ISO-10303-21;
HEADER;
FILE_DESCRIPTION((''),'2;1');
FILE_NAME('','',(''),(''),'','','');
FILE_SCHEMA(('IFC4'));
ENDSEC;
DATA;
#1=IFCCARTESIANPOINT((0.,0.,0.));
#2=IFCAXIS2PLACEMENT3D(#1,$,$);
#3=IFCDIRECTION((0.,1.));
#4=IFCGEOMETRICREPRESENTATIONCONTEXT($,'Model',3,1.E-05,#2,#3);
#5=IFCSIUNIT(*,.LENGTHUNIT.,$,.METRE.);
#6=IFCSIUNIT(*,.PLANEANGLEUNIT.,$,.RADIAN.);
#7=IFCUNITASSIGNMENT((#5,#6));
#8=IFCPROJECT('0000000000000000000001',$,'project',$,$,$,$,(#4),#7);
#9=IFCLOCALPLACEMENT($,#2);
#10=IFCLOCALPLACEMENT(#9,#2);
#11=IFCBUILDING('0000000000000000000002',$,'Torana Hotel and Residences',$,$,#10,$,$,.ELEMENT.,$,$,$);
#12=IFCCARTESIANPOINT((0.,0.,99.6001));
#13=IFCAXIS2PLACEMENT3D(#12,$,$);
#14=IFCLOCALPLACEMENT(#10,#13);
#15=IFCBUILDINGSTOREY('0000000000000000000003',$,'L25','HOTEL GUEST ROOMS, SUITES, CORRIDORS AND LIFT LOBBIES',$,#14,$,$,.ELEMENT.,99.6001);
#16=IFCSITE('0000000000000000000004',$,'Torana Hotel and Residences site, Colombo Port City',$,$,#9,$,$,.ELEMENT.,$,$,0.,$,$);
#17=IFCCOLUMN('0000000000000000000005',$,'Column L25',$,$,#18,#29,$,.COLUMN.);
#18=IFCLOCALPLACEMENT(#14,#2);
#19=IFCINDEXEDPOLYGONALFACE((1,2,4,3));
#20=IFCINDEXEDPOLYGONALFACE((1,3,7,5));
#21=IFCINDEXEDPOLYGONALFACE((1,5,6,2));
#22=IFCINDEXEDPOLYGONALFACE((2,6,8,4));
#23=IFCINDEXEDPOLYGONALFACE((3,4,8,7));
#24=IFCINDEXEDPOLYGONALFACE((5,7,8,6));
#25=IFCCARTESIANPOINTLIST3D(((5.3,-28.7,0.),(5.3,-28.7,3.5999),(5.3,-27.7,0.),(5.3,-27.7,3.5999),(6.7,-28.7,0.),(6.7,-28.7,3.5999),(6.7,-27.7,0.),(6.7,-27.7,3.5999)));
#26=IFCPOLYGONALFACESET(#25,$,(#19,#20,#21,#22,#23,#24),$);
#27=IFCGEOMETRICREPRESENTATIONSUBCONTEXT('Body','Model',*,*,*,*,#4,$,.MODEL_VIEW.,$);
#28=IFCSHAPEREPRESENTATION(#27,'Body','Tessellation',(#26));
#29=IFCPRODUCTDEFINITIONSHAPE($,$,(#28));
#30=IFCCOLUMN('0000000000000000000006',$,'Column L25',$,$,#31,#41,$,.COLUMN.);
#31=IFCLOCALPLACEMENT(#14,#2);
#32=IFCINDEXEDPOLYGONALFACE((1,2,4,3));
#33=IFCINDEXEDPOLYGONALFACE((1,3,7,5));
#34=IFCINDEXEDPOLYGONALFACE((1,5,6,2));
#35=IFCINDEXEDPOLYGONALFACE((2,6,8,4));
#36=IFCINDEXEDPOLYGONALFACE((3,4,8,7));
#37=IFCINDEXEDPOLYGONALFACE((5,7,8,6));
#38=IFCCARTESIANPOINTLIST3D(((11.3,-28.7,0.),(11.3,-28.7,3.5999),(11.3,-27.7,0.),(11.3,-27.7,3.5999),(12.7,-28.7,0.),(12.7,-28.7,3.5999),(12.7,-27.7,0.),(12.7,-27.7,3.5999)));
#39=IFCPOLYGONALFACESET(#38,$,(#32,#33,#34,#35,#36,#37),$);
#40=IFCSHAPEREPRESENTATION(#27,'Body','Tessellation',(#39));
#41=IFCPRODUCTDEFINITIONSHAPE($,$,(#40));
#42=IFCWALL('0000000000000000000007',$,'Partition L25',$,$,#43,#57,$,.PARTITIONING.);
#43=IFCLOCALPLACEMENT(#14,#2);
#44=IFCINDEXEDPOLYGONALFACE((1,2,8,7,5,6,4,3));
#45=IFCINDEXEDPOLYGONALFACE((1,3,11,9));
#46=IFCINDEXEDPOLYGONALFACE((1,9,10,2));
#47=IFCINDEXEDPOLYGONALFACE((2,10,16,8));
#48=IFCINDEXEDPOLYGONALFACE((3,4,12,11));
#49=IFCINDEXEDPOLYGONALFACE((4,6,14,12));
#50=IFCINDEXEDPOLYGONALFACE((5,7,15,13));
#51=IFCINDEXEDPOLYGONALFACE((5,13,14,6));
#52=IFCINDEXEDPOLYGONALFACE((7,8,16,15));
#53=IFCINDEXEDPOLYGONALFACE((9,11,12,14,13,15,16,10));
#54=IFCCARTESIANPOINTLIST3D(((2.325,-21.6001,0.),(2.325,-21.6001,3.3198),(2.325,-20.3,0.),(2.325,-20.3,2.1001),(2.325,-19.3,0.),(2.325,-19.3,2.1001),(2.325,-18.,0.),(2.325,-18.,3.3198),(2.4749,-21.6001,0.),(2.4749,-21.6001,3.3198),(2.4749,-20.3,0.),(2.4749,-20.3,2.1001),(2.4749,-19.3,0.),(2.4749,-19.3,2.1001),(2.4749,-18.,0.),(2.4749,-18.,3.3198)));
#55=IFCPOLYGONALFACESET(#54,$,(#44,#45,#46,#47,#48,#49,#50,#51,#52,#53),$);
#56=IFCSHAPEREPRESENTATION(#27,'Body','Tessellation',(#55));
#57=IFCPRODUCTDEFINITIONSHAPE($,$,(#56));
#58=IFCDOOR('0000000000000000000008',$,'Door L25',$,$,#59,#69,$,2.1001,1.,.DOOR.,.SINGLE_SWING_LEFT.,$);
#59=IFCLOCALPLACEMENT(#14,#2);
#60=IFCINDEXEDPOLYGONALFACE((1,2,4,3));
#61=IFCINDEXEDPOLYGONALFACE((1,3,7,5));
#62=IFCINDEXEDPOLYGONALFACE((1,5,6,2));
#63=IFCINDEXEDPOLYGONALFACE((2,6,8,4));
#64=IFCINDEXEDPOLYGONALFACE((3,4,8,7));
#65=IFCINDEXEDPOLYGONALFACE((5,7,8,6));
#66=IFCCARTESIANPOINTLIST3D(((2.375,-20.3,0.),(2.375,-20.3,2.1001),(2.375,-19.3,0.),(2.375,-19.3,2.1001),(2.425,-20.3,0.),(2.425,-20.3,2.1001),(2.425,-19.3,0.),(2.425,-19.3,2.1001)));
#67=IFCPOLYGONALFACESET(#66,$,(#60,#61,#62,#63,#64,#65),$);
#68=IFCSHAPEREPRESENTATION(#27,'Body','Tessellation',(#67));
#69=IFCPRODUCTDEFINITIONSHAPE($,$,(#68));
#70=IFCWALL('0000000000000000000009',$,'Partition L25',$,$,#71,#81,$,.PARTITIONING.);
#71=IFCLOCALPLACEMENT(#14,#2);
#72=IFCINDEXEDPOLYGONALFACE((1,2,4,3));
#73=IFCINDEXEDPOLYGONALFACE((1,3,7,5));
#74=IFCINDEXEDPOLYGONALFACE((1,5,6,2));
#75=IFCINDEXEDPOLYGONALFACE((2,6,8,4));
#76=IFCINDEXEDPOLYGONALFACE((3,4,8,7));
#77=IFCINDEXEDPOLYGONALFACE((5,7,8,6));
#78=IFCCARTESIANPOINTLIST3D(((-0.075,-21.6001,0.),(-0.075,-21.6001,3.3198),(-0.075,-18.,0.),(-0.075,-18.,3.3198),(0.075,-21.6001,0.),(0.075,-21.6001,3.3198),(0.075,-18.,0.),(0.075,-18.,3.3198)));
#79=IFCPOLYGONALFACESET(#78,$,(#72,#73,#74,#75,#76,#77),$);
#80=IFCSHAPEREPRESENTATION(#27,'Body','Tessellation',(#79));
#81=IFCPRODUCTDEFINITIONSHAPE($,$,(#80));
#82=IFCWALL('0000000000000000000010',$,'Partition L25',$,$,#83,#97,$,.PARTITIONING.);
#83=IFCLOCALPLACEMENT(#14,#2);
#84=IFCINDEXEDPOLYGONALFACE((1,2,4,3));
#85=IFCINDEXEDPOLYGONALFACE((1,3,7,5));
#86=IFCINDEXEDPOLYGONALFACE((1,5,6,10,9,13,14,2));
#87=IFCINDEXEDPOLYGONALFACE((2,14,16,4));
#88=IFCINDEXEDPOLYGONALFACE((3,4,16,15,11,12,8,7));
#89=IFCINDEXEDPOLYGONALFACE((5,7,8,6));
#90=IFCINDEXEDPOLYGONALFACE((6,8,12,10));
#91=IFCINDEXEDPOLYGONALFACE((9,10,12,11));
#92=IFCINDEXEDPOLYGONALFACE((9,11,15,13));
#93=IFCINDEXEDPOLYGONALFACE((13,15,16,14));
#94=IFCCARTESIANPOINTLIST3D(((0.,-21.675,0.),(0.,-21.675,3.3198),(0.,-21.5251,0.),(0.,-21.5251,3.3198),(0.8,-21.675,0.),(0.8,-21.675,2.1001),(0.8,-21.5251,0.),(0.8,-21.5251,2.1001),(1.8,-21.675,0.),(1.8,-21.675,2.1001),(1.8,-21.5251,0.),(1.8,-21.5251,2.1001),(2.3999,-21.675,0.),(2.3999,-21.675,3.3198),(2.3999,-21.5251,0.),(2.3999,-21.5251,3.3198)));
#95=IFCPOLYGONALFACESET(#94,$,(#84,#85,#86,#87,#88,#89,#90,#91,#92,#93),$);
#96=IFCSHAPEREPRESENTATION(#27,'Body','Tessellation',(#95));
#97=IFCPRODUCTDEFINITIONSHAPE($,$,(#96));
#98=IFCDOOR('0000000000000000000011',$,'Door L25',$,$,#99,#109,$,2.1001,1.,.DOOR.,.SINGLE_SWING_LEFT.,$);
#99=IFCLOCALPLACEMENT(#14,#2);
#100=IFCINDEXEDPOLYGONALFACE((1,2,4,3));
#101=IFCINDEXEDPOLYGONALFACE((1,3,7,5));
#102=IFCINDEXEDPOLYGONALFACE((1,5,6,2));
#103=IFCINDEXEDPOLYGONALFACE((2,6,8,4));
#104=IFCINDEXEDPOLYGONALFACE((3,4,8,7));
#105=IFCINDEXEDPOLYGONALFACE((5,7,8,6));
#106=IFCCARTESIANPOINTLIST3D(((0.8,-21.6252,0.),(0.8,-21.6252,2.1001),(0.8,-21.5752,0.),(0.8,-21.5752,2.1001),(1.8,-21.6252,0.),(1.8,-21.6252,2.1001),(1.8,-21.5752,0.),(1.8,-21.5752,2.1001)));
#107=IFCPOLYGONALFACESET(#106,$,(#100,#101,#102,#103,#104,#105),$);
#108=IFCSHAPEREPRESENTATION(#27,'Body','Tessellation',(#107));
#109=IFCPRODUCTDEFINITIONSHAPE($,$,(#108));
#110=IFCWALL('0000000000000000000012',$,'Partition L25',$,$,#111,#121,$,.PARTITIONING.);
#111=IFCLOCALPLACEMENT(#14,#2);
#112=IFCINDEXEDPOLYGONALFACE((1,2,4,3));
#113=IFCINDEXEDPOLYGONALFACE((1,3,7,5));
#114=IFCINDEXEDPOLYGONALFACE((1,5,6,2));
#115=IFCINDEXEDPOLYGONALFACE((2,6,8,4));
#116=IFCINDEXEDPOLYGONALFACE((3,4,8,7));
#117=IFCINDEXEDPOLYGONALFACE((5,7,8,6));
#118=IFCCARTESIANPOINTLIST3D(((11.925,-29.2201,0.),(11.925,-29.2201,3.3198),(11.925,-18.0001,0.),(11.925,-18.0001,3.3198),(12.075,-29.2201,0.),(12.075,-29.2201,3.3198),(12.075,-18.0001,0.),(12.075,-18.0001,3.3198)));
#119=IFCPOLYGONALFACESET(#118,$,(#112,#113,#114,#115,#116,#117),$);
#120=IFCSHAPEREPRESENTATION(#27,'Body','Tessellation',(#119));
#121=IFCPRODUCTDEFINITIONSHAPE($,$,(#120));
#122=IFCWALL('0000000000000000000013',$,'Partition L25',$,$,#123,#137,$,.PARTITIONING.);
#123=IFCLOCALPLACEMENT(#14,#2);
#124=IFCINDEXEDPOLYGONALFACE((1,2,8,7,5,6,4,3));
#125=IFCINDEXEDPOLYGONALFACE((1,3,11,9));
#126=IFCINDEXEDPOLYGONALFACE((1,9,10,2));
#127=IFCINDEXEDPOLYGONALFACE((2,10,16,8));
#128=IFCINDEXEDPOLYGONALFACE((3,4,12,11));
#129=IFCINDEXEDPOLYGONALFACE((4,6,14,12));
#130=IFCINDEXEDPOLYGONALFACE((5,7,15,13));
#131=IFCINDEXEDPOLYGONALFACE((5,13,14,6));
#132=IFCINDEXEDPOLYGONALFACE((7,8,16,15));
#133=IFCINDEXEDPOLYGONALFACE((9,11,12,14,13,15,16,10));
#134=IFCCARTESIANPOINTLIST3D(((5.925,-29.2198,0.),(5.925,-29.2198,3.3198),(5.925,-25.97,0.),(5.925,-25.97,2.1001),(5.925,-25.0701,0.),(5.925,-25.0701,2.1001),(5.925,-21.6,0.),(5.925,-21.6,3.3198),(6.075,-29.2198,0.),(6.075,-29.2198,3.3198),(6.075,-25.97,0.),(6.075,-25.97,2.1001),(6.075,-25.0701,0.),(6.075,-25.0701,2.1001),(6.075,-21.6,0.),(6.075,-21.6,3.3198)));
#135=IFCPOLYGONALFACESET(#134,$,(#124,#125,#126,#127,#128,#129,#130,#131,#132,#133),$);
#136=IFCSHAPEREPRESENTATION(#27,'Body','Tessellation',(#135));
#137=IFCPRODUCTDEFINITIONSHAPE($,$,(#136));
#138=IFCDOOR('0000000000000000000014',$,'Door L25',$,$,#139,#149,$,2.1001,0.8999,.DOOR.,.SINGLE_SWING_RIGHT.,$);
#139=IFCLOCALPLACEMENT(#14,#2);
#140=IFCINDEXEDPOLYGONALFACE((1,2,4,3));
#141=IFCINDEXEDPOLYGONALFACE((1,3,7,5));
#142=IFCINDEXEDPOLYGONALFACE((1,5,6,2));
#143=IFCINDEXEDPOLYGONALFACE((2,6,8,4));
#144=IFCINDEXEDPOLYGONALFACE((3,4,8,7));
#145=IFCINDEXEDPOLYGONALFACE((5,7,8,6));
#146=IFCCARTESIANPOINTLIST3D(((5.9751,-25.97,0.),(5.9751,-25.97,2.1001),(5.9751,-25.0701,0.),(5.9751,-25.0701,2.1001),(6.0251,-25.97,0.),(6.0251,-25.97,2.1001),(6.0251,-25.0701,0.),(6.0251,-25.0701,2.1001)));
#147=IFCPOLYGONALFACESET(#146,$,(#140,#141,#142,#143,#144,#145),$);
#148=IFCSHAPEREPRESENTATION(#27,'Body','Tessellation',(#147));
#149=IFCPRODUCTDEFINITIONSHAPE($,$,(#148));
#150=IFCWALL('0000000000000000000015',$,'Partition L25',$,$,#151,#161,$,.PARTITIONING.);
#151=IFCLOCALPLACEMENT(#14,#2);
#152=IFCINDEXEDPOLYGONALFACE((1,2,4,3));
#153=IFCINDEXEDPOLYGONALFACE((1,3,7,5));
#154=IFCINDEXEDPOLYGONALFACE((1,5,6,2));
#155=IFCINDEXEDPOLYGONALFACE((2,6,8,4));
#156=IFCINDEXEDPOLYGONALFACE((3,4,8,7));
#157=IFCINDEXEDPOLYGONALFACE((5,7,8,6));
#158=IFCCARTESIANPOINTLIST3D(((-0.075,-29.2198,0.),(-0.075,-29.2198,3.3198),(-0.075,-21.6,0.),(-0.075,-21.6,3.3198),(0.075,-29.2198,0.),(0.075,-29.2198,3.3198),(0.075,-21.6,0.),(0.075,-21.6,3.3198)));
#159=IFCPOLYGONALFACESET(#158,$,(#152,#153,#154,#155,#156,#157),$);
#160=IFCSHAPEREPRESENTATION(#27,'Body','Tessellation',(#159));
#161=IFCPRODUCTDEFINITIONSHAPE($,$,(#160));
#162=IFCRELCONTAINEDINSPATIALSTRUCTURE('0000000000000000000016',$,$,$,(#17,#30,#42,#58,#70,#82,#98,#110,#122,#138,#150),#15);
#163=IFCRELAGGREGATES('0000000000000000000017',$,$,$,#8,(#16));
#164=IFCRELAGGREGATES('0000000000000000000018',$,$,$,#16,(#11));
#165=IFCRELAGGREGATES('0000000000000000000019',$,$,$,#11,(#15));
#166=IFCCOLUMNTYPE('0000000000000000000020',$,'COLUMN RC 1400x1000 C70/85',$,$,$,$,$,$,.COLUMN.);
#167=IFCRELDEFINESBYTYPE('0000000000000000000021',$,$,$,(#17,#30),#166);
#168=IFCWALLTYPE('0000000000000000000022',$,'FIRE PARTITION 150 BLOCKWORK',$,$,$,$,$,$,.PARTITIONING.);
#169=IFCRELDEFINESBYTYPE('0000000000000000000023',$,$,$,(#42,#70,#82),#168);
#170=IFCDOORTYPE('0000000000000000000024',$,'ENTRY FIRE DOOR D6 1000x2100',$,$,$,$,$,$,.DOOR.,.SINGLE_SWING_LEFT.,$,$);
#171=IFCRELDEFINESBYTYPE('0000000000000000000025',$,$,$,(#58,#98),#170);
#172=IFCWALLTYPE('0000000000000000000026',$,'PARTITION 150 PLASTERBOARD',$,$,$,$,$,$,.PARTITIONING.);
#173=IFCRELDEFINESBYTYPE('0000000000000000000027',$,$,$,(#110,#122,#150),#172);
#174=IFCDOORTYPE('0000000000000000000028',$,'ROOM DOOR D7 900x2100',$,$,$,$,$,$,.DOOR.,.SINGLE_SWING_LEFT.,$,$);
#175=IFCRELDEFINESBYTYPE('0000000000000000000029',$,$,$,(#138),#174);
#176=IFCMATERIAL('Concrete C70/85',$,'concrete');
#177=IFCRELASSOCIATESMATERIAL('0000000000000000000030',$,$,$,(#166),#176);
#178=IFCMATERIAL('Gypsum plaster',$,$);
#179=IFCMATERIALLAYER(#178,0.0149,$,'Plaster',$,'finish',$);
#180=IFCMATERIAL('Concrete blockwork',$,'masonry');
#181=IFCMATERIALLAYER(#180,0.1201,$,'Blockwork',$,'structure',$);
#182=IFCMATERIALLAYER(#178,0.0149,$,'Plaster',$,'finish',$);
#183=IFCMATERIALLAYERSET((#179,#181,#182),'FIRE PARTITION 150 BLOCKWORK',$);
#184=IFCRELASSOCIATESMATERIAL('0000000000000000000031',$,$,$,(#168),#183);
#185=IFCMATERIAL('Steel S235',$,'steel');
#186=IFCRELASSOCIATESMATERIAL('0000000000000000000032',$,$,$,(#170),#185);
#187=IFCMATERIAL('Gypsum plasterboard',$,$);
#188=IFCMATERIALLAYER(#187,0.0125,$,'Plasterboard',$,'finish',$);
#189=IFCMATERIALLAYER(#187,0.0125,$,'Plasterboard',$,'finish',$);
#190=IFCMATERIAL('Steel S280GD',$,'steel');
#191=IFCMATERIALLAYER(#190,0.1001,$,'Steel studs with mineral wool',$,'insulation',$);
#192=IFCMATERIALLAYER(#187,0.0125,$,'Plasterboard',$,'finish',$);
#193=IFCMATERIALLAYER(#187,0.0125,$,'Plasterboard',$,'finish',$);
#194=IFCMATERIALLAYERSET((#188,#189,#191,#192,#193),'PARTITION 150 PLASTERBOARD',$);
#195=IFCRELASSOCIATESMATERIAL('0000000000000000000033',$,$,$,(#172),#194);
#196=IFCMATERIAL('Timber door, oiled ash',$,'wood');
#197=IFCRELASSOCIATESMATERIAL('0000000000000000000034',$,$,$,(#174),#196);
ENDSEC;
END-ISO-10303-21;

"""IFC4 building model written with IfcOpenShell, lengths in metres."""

from ifc_helpers import new_model, si_unit, direction, frame, frame_2d, origin, origin_2d, place, context, subcontext, project, spatial, rectangle, extrude, material, layer, layer_set, material_profile, profile_set, type_object, element, fill, save


model = new_model("IFC4")

# Units and contexts
model_context = context("Model", 3, precision=1e-05, world=origin(), true_north=direction((0.0, 1.0)))
body_context = subcontext(model_context, "Body", "Model", "MODEL_VIEW")
ifc_project = project(units=[si_unit("LENGTHUNIT", "METRE"), si_unit("PLANEANGLEUNIT", "RADIAN")], contexts=[model_context])

# Site, building, storey
site_placement = place(None, origin())
site = spatial("IfcSite", under=ifc_project, at=site_placement, Name="Torana Hotel and Residences site, Colombo Port City", CompositionType="ELEMENT", RefElevation=0.0)
building_placement = place(site_placement, origin())
building = spatial("IfcBuilding", under=site, at=building_placement, Name="Torana Hotel and Residences", CompositionType="ELEMENT")
storey_placement = place(building_placement, frame((0.0, 0.0, 99.6001)))
storey = spatial("IfcBuildingStorey", under=building, at=storey_placement, Name="L25", Description="HOTEL GUEST ROOMS, SUITES, CORRIDORS AND LIFT LOBBIES", CompositionType="ELEMENT", Elevation=99.6001)

# Columns
ifc_material_1 = material(Name="Concrete C70/85", Category="concrete")
ifc_material_profile = material_profile(ifc_material_1, rectangle(XDim=1.3999, YDim=1.0, at=origin_2d()), Name="RC 1400x1000")
ifc_profile_set = profile_set([ifc_material_profile], Name="Concrete C70/85")
column_type = type_object("IfcColumnType", Name="COLUMN RC 1400x1000 C70/85", PredefinedType="COLUMN", material=ifc_profile_set)
for number, where, z_axis, x_axis, name in (
    (1, (6.0, -28.2, 0.0), (0.0, 0.0, 1.0), (1.0, 0.0, 0.0), "Column L25"),
    (2, (12.0, -28.2, 0.0), (0.0, 0.0, 1.0), (1.0, 0.0, 0.0), "Column L25"),
):
    element("IfcColumn", number, at=place(storey_placement, frame(where, z_axis=z_axis, x_axis=x_axis)), inside=storey, type_object=column_type, Name=name, PredefinedType="COLUMN", context=body_context, shape_type="SweptSolid", body=[
        extrude(rectangle(XDim=1.3999, YDim=1.0, at=origin_2d()), origin(), (0.0, 0.0, 1.0), 3.5999),
    ])

# Wall, opening, door
ifc_material_2 = material(Name="Gypsum plaster")
ifc_layer_1 = layer(ifc_material_2, 0.0149, Name="Plaster", Category="finish")
ifc_material_3 = material(Name="Concrete blockwork", Category="masonry")
ifc_layer_2 = layer(ifc_material_3, 0.1201, Name="Blockwork", Category="structure")
ifc_layer_3 = layer(ifc_material_2, 0.0149, Name="Plaster", Category="finish")
ifc_layer_set_1 = layer_set([ifc_layer_1, ifc_layer_2, ifc_layer_3], Name="FIRE PARTITION 150 BLOCKWORK")
wall_type_1 = type_object("IfcWallType", Name="FIRE PARTITION 150 BLOCKWORK", PredefinedType="PARTITIONING", material=ifc_layer_set_1)
wall_1_placement = place(storey_placement, frame((2.3999, -21.6001, 0.0), z_axis=(0.0, 0.0, 1.0), x_axis=(0.0, 1.0, 0.0)))
wall_1 = element("IfcWall", 3, at=wall_1_placement, inside=storey, type_object=wall_type_1, Name="Partition L25", PredefinedType="PARTITIONING", context=body_context, shape_type="SweptSolid", body=[
    extrude(rectangle(XDim=3.6001, YDim=0.1499, at=frame_2d((1.8, 0.0))), origin(), (0.0, 0.0, 1.0), 3.3198),
])
opening_1_placement = place(wall_1_placement, frame((1.3, 0.0, 0.0)))
opening_1 = element("IfcOpeningElement", 4, at=opening_1_placement, cuts=wall_1, PredefinedType="OPENING", context=body_context, shape_type="SweptSolid", body=[
    extrude(rectangle(XDim=1.0, YDim=2.1001, at=frame_2d((0.5, 1.05))), frame((0.0, 0.085, 0.0), z_axis=(0.0, -1.0, 0.0), x_axis=(1.0, 0.0, 0.0)), (0.0, 0.0, 1.0), 0.1699),
])
ifc_material_4 = material(Name="Steel S235", Category="steel")
door_type_1 = type_object("IfcDoorType", Name="ENTRY FIRE DOOR D6 1000x2100", OperationType="SINGLE_SWING_LEFT", PredefinedType="DOOR", material=ifc_material_4)
door_1_placement = place(opening_1_placement, frame((0.5, 0.0, 0.0), z_axis=(0.0, 0.0, 1.0), x_axis=(-1.0, 0.0, 0.0)))
door_1 = element("IfcDoor", 5, at=door_1_placement, inside=storey, type_object=door_type_1, Name="Door L25", OperationType="SINGLE_SWING_LEFT", OverallHeight=2.1001, OverallWidth=1.0, PredefinedType="DOOR", context=body_context, shape_type="SweptSolid", body=[
    extrude(rectangle(XDim=1.0, YDim=2.1001, at=frame_2d((0.0, 1.05))), frame((0.0, -0.0249, 0.0), z_axis=(0.0, 1.0, 0.0), x_axis=(-1.0, 0.0, 0.0)), (0.0, 0.0, 1.0), 0.05),
])
fill(opening_1, door_1)

# Wall
wall_2_placement = place(storey_placement, frame((0.0, -21.6001, 0.0), z_axis=(0.0, 0.0, 1.0), x_axis=(0.0, 1.0, 0.0)))
element("IfcWall", 6, at=wall_2_placement, inside=storey, type_object=wall_type_1, Name="Partition L25", PredefinedType="PARTITIONING", context=body_context, shape_type="SweptSolid", body=[
    extrude(rectangle(XDim=3.6001, YDim=0.1499, at=frame_2d((1.8, 0.0))), origin(), (0.0, 0.0, 1.0), 3.3198),
])

# Wall, opening, door
wall_3_placement = place(storey_placement, frame((0.0, -21.6001, 0.0), z_axis=(0.0, 0.0, 1.0), x_axis=(1.0, 0.0, 0.0)))
wall_3 = element("IfcWall", 7, at=wall_3_placement, inside=storey, type_object=wall_type_1, Name="Partition L25", PredefinedType="PARTITIONING", context=body_context, shape_type="SweptSolid", body=[
    extrude(rectangle(XDim=2.3999, YDim=0.1499, at=frame_2d((1.2, 0.0))), origin(), (0.0, 0.0, 1.0), 3.3198),
])
opening_2_placement = place(wall_3_placement, frame((0.8, 0.0, 0.0)))
opening_2 = element("IfcOpeningElement", 8, at=opening_2_placement, cuts=wall_3, PredefinedType="OPENING", context=body_context, shape_type="SweptSolid", body=[
    extrude(rectangle(XDim=1.0, YDim=2.1001, at=frame_2d((0.5, 1.05))), frame((0.0, 0.085, 0.0), z_axis=(0.0, -1.0, 0.0), x_axis=(1.0, 0.0, 0.0)), (0.0, 0.0, 1.0), 0.1699),
])
door_2_placement = place(opening_2_placement, frame((0.5, 0.0, 0.0), z_axis=(0.0, 0.0, 1.0), x_axis=(-1.0, 0.0, 0.0)))
door_2 = element("IfcDoor", 9, at=door_2_placement, inside=storey, type_object=door_type_1, Name="Door L25", OperationType="SINGLE_SWING_LEFT", OverallHeight=2.1001, OverallWidth=1.0, PredefinedType="DOOR", context=body_context, shape_type="SweptSolid", body=[
    extrude(rectangle(XDim=1.0, YDim=2.1001, at=frame_2d((0.0, 1.05))), frame((0.0, -0.0249, 0.0), z_axis=(0.0, 1.0, 0.0), x_axis=(-1.0, 0.0, 0.0)), (0.0, 0.0, 1.0), 0.05),
])
fill(opening_2, door_2)

# Wall
ifc_material_5 = material(Name="Gypsum plasterboard")
ifc_layer_4 = layer(ifc_material_5, 0.0125, Name="Plasterboard", Category="finish")
ifc_layer_5 = layer(ifc_material_5, 0.0125, Name="Plasterboard", Category="finish")
ifc_material_6 = material(Name="Steel S280GD", Category="steel")
ifc_layer_6 = layer(ifc_material_6, 0.1001, Name="Steel studs with mineral wool", Category="insulation")
ifc_layer_7 = layer(ifc_material_5, 0.0125, Name="Plasterboard", Category="finish")
ifc_layer_8 = layer(ifc_material_5, 0.0125, Name="Plasterboard", Category="finish")
ifc_layer_set_2 = layer_set([ifc_layer_4, ifc_layer_5, ifc_layer_6, ifc_layer_7, ifc_layer_8], Name="PARTITION 150 PLASTERBOARD")
wall_type_2 = type_object("IfcWallType", Name="PARTITION 150 PLASTERBOARD", PredefinedType="PARTITIONING", material=ifc_layer_set_2)
wall_4_placement = place(storey_placement, frame((12.0, -29.22, 0.0), z_axis=(0.0, 0.0, 1.0), x_axis=(0.0, 1.0, 0.0)))
element("IfcWall", 10, at=wall_4_placement, inside=storey, type_object=wall_type_2, Name="Partition L25", PredefinedType="PARTITIONING", context=body_context, shape_type="SweptSolid", body=[
    extrude(rectangle(XDim=11.22, YDim=0.1499, at=frame_2d((5.6099, 0.0))), origin(), (0.0, 0.0, 1.0), 3.3198),
])

# Wall, opening, door
wall_5_placement = place(storey_placement, frame((6.0, -29.22, 0.0), z_axis=(0.0, 0.0, 1.0), x_axis=(0.0, 1.0, 0.0)))
wall_5 = element("IfcWall", 11, at=wall_5_placement, inside=storey, type_object=wall_type_2, Name="Partition L25", PredefinedType="PARTITIONING", context=body_context, shape_type="SweptSolid", body=[
    extrude(rectangle(XDim=7.6199, YDim=0.1499, at=frame_2d((3.8101, 0.0))), origin(), (0.0, 0.0, 1.0), 3.3198),
])
opening_3_placement = place(wall_5_placement, frame((3.25, 0.0, 0.0)))
opening_3 = element("IfcOpeningElement", 12, at=opening_3_placement, cuts=wall_5, PredefinedType="OPENING", context=body_context, shape_type="SweptSolid", body=[
    extrude(rectangle(XDim=0.8999, YDim=2.1001, at=frame_2d((0.45, 1.05))), frame((0.0, 0.085, 0.0), z_axis=(0.0, -1.0, 0.0), x_axis=(1.0, 0.0, 0.0)), (0.0, 0.0, 1.0), 0.1699),
])
ifc_material_7 = material(Name="Timber door, oiled ash", Category="wood")
door_type_2 = type_object("IfcDoorType", Name="ROOM DOOR D7 900x2100", OperationType="SINGLE_SWING_LEFT", PredefinedType="DOOR", material=ifc_material_7)
door_3_placement = place(opening_3_placement, origin())
door_3 = element("IfcDoor", 13, at=door_3_placement, inside=storey, type_object=door_type_2, Name="Door L25", OperationType="SINGLE_SWING_RIGHT", OverallHeight=2.1001, OverallWidth=0.8999, PredefinedType="DOOR", context=body_context, shape_type="SweptSolid", body=[
    extrude(rectangle(XDim=0.8999, YDim=2.1001, at=frame_2d((0.45, 1.05))), frame((0.0, 0.0249, 0.0), z_axis=(0.0, -1.0, 0.0), x_axis=(1.0, 0.0, 0.0)), (0.0, 0.0, 1.0), 0.05),
])
fill(opening_3, door_3)

# Wall
wall_6_placement = place(storey_placement, frame((0.0, -29.22, 0.0), z_axis=(0.0, 0.0, 1.0), x_axis=(0.0, 1.0, 0.0)))
element("IfcWall", 14, at=wall_6_placement, inside=storey, type_object=wall_type_2, Name="Partition L25", PredefinedType="PARTITIONING", context=body_context, shape_type="SweptSolid", body=[
    extrude(rectangle(XDim=7.6199, YDim=0.1499, at=frame_2d((3.8101, 0.0))), origin(), (0.0, 0.0, 1.0), 3.3198),
])

save(model, "model.ifc")
